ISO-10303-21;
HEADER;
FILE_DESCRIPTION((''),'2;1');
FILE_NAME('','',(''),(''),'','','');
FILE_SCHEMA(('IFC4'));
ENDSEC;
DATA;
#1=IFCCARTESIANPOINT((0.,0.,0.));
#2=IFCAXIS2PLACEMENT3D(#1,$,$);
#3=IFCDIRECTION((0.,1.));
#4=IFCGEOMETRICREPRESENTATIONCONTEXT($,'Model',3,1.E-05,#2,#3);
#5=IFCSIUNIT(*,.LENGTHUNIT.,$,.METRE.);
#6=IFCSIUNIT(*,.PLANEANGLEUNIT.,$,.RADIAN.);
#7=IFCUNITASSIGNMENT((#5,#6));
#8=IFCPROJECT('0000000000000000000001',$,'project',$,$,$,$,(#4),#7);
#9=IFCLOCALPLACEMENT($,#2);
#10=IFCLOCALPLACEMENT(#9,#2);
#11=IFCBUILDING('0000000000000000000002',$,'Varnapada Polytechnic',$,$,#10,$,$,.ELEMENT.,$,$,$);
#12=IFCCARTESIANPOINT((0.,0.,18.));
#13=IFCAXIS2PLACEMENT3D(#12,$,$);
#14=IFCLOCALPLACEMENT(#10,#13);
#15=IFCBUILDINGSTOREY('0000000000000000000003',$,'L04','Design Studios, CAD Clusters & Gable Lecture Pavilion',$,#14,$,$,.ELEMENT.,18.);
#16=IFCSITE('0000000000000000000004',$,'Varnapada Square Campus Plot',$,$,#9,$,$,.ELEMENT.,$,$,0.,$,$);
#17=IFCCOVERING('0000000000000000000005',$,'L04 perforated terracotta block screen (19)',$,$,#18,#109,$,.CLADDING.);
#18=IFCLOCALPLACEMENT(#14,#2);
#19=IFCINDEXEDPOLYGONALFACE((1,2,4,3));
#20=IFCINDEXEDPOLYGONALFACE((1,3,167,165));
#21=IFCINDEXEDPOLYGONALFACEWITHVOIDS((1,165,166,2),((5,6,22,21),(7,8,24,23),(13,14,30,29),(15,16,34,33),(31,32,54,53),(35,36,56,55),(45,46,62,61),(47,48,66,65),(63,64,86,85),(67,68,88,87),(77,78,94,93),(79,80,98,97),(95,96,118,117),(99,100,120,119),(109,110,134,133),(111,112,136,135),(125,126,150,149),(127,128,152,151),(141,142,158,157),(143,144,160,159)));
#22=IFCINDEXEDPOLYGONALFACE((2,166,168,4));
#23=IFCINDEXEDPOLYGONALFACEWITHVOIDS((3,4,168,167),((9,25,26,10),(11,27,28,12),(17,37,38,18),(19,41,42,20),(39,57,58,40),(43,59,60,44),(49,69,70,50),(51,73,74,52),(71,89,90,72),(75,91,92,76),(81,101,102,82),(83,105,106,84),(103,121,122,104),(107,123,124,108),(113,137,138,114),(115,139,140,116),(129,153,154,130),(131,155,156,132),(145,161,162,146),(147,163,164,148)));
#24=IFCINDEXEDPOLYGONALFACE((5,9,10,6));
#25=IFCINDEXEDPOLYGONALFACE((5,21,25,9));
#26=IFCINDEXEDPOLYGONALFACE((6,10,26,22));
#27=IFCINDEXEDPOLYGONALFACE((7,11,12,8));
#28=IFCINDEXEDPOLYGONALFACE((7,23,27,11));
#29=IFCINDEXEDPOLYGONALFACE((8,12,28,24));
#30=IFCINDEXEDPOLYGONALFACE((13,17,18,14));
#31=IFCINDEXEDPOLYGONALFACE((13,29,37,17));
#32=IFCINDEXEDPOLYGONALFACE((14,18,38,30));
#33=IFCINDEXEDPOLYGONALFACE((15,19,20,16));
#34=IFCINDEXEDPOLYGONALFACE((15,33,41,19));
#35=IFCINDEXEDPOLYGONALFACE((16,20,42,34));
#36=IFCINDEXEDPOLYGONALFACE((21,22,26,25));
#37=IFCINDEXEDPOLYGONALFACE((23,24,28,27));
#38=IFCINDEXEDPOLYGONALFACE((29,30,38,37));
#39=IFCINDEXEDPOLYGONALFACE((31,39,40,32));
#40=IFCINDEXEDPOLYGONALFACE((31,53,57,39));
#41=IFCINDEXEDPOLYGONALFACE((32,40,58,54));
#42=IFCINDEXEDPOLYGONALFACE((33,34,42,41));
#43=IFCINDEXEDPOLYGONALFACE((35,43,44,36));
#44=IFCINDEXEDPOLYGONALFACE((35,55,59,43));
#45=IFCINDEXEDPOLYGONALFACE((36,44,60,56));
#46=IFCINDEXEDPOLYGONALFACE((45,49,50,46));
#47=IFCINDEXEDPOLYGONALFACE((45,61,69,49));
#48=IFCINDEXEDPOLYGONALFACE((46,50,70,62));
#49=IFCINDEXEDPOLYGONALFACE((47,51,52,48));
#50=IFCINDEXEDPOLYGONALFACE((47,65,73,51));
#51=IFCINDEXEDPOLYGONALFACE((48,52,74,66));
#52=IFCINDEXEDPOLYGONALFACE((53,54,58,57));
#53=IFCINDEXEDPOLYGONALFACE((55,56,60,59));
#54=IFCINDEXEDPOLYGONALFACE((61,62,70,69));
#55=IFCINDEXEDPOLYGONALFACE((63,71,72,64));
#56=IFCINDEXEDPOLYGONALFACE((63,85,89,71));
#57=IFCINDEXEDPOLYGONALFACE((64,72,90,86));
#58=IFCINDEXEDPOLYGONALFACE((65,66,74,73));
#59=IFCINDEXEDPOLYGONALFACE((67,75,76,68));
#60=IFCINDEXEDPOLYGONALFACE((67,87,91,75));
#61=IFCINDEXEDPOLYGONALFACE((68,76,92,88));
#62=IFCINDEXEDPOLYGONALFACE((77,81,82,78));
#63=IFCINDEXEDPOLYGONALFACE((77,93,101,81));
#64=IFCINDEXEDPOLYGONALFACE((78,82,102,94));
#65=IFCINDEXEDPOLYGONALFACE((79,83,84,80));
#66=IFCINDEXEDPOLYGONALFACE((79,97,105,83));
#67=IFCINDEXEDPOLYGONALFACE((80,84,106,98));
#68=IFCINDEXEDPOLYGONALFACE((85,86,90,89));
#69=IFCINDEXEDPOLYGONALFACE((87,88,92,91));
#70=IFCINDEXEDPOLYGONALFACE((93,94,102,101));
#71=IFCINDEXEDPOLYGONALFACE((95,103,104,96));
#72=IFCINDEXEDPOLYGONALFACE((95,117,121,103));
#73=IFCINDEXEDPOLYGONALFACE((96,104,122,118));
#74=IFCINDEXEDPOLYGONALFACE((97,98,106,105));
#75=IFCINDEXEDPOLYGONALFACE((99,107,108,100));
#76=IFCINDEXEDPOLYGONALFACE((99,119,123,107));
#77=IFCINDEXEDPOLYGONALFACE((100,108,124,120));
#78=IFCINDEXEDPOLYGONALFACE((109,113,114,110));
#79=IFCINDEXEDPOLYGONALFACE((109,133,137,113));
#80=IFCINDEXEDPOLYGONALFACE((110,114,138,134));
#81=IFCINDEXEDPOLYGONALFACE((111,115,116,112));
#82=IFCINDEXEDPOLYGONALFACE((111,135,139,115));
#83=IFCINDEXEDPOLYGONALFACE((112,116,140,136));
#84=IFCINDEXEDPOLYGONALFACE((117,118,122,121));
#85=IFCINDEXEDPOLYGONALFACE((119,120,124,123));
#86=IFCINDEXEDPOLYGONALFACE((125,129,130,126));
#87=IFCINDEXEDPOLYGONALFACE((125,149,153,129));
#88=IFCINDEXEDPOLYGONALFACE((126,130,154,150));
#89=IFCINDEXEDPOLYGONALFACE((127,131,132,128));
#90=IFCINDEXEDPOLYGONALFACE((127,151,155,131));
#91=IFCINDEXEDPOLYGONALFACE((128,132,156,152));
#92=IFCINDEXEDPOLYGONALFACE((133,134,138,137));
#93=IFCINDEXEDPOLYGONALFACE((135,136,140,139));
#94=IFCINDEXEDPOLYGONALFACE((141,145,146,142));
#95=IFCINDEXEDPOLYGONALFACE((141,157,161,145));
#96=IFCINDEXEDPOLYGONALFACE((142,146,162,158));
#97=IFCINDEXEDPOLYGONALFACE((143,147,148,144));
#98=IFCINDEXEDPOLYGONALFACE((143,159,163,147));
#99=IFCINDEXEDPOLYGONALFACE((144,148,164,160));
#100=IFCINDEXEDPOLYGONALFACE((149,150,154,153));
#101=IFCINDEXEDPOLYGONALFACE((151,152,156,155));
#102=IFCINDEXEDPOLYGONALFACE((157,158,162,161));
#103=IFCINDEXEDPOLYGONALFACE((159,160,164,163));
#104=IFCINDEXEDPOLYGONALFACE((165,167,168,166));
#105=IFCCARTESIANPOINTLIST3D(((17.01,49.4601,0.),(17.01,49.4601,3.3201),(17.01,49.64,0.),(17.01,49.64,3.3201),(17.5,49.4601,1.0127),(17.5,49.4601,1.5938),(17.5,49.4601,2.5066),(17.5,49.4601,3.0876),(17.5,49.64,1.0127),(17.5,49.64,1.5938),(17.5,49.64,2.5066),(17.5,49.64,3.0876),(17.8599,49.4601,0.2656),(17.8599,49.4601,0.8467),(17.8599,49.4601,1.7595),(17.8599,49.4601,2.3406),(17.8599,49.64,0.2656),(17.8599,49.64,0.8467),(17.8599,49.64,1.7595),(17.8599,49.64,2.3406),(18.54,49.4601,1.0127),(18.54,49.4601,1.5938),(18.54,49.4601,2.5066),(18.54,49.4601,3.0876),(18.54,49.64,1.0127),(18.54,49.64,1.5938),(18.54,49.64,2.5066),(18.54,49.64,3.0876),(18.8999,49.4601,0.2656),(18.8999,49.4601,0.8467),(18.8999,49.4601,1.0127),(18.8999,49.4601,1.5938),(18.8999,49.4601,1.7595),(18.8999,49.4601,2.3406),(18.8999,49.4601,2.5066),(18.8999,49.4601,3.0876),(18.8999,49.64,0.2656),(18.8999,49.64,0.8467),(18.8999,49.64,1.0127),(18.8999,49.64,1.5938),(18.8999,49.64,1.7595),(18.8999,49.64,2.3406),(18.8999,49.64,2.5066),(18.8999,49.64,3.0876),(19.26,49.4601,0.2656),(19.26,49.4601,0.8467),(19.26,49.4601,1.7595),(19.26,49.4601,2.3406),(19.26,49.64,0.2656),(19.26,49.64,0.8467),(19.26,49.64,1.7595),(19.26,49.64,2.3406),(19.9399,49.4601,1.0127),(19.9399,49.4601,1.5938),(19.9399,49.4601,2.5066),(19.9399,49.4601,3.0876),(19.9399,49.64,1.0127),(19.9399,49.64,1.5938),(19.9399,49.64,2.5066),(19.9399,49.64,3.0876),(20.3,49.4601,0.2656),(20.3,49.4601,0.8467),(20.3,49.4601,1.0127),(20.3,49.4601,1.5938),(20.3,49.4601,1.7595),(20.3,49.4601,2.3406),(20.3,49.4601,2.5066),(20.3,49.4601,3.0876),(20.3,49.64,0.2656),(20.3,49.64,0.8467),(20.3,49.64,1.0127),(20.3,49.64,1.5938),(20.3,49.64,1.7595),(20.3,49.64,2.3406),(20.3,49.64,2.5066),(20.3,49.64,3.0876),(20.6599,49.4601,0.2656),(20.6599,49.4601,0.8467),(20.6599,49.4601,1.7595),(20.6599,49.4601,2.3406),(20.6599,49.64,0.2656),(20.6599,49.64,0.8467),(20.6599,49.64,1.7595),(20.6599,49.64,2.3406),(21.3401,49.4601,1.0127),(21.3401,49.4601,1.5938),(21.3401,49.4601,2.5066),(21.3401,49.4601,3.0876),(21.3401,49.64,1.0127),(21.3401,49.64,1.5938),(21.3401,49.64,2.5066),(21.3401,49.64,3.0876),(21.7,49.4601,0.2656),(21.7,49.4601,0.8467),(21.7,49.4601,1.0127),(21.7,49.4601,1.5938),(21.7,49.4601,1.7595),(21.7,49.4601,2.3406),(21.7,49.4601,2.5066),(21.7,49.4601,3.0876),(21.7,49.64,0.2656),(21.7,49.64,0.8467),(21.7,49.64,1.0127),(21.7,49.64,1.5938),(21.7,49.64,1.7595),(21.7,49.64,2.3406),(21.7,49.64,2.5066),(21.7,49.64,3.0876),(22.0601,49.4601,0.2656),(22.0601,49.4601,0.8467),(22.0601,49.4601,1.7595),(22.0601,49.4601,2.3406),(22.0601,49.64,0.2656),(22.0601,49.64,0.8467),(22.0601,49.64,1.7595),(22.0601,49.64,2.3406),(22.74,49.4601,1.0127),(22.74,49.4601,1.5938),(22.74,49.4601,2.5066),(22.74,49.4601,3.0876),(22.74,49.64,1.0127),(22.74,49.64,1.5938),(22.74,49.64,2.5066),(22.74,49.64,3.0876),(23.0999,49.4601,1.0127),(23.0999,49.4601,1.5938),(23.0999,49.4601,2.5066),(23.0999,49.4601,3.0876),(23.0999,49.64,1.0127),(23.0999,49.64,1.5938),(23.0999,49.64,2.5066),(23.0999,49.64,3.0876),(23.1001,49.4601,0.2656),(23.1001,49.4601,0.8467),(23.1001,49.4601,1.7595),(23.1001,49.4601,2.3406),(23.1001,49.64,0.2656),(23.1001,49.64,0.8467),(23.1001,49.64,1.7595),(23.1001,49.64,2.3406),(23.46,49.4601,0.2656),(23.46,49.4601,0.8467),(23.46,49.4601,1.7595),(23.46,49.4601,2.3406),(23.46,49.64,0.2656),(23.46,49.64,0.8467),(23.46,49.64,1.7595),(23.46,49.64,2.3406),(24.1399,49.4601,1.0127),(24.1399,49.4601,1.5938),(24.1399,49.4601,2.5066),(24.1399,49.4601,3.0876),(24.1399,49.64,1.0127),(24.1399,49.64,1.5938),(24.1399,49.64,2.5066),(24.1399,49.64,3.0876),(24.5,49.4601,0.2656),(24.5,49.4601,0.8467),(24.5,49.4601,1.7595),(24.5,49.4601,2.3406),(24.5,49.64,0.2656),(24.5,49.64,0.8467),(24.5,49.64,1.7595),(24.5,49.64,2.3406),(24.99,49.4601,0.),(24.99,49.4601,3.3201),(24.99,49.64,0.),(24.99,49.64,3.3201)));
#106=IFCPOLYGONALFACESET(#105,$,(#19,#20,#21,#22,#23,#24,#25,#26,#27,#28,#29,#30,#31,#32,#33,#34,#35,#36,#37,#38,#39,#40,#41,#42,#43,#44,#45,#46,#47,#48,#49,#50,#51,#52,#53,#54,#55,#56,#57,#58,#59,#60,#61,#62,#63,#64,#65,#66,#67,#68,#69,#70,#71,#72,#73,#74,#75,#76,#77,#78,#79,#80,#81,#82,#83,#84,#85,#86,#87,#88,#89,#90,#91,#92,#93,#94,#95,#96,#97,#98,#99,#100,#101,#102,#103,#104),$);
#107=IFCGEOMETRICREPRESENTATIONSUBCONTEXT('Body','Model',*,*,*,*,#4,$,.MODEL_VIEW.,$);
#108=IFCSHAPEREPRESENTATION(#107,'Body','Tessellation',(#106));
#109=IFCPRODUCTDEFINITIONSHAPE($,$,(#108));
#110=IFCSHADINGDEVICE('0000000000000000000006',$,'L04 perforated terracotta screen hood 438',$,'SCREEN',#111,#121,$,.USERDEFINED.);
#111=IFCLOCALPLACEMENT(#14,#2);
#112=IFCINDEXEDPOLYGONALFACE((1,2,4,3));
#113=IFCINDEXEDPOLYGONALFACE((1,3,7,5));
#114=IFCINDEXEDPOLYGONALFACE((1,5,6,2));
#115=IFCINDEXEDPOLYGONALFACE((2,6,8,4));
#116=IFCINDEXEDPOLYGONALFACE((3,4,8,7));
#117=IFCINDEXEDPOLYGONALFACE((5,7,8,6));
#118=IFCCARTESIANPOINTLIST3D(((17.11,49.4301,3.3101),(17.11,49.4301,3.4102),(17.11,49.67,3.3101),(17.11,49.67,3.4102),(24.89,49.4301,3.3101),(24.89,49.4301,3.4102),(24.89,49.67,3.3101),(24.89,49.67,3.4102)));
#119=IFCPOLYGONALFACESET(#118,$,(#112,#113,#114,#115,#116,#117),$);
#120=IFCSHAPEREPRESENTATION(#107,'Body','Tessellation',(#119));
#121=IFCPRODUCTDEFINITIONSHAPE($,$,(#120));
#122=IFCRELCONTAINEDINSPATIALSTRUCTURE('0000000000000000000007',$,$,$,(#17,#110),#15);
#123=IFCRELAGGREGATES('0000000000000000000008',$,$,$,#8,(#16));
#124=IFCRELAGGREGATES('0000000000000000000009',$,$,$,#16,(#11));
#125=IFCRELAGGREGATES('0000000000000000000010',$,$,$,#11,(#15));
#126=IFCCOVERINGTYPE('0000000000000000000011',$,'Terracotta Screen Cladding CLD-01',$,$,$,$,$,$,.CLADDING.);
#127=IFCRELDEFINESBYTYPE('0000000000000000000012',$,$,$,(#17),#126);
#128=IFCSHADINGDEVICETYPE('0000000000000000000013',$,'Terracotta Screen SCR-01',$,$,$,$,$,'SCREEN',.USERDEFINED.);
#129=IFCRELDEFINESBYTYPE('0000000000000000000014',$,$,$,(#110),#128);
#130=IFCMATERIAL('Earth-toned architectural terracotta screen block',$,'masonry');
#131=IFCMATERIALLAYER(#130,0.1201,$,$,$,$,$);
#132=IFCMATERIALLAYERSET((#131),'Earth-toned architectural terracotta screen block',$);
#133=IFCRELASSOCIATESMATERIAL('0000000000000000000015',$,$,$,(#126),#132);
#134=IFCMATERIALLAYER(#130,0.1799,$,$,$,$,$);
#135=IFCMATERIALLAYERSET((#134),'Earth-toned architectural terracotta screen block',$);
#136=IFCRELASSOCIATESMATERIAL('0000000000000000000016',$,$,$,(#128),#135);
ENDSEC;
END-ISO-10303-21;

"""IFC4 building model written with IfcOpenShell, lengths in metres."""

from ifc_helpers import new_model, si_unit, direction, frame, frame_2d, origin, origin_2d, place, context, subcontext, project, spatial, rectangle, extrude, material, layer, layer_set, type_object, element, save


model = new_model("IFC4")

# Units and contexts
model_context = context("Model", 3, precision=1e-05, world=origin(), true_north=direction((0.0, 1.0)))
body_context = subcontext(model_context, "Body", "Model", "MODEL_VIEW")
ifc_project = project(units=[si_unit("LENGTHUNIT", "METRE"), si_unit("PLANEANGLEUNIT", "RADIAN")], contexts=[model_context])

# Site, building, storey
site_placement = place(None, origin())
site = spatial("IfcSite", under=ifc_project, at=site_placement, Name="Varnapada Square Campus Plot", CompositionType="ELEMENT", RefElevation=0.0)
building_placement = place(site_placement, origin())
building = spatial("IfcBuilding", under=site, at=building_placement, Name="Varnapada Polytechnic", CompositionType="ELEMENT")
storey_placement = place(building_placement, frame((0.0, 0.0, 18.0)))
storey = spatial("IfcBuildingStorey", under=building, at=storey_placement, Name="L04", Description="Design Studios, CAD Clusters & Gable Lecture Pavilion", CompositionType="ELEMENT", Elevation=18.0)

# Covering, openings
ifc_material_1 = material(Name="Earth-toned architectural terracotta screen block", Category="masonry")
ifc_layer_1 = layer(ifc_material_1, 0.1201)
ifc_layer_set_1 = layer_set([ifc_layer_1], Name="Earth-toned architectural terracotta screen block")
covering_type = type_object("IfcCoveringType", Name="Terracotta Screen Cladding CLD-01", PredefinedType="CLADDING", material=ifc_layer_set_1)
covering_placement = place(storey_placement, frame((24.99, 49.55, 0.0), z_axis=(0.0, 0.0, 1.0), x_axis=(-1.0, 0.0, 0.0)))
covering = element("IfcCovering", 1, at=covering_placement, inside=storey, type_object=covering_type, Name="L04 perforated terracotta block screen (19)", PredefinedType="CLADDING", context=body_context, shape_type="SweptSolid", body=[
    extrude(rectangle(XDim=7.98, YDim=0.1799, at=frame_2d((3.99, 0.0))), origin(), (0.0, 0.0, 1.0), 3.3201),
])
opening_1_placement = place(covering_placement, frame((0.49, 0.0, 0.2656)))
element("IfcOpeningElement", 2, at=opening_1_placement, cuts=covering, PredefinedType="OPENING", context=body_context, shape_type="SweptSolid", body=[
    extrude(rectangle(XDim=1.04, YDim=0.5811, at=frame_2d((0.52, 0.2905))), frame((0.0, 0.0999, 0.0), z_axis=(0.0, -1.0, 0.0), x_axis=(1.0, 0.0, 0.0)), (0.0, 0.0, 1.0), 0.2),
])
opening_2_placement = place(covering_placement, frame((1.8899, 0.0, 0.2656)))
element("IfcOpeningElement", 3, at=opening_2_placement, cuts=covering, PredefinedType="OPENING", context=body_context, shape_type="SweptSolid", body=[
    extrude(rectangle(XDim=1.04, YDim=0.5811, at=frame_2d((0.52, 0.2905))), frame((0.0, 0.0999, 0.0), z_axis=(0.0, -1.0, 0.0), x_axis=(1.0, 0.0, 0.0)), (0.0, 0.0, 1.0), 0.2),
])
opening_3_placement = place(covering_placement, frame((3.29, 0.0, 0.2656)))
element("IfcOpeningElement", 4, at=opening_3_placement, cuts=covering, PredefinedType="OPENING", context=body_context, shape_type="SweptSolid", body=[
    extrude(rectangle(XDim=1.04, YDim=0.5811, at=frame_2d((0.52, 0.2905))), frame((0.0, 0.0999, 0.0), z_axis=(0.0, -1.0, 0.0), x_axis=(1.0, 0.0, 0.0)), (0.0, 0.0, 1.0), 0.2),
])
opening_4_placement = place(covering_placement, frame((4.6899, 0.0, 0.2656)))
element("IfcOpeningElement", 5, at=opening_4_placement, cuts=covering, PredefinedType="OPENING", context=body_context, shape_type="SweptSolid", body=[
    extrude(rectangle(XDim=1.04, YDim=0.5811, at=frame_2d((0.52, 0.2905))), frame((0.0, 0.0999, 0.0), z_axis=(0.0, -1.0, 0.0), x_axis=(1.0, 0.0, 0.0)), (0.0, 0.0, 1.0), 0.2),
])
opening_5_placement = place(covering_placement, frame((6.0901, 0.0, 0.2656)))
element("IfcOpeningElement", 6, at=opening_5_placement, cuts=covering, PredefinedType="OPENING", context=body_context, shape_type="SweptSolid", body=[
    extrude(rectangle(XDim=1.04, YDim=0.5811, at=frame_2d((0.52, 0.2905))), frame((0.0, 0.0999, 0.0), z_axis=(0.0, -1.0, 0.0), x_axis=(1.0, 0.0, 0.0)), (0.0, 0.0, 1.0), 0.2),
])
opening_6_placement = place(covering_placement, frame((0.8501, 0.0, 1.0127)))
element("IfcOpeningElement", 7, at=opening_6_placement, cuts=covering, PredefinedType="OPENING", context=body_context, shape_type="SweptSolid", body=[
    extrude(rectangle(XDim=1.04, YDim=0.5811, at=frame_2d((0.52, 0.2905))), frame((0.0, 0.0999, 0.0), z_axis=(0.0, -1.0, 0.0), x_axis=(1.0, 0.0, 0.0)), (0.0, 0.0, 1.0), 0.2),
])
opening_7_placement = place(covering_placement, frame((2.25, 0.0, 1.0127)))
element("IfcOpeningElement", 8, at=opening_7_placement, cuts=covering, PredefinedType="OPENING", context=body_context, shape_type="SweptSolid", body=[
    extrude(rectangle(XDim=1.04, YDim=0.5811, at=frame_2d((0.52, 0.2905))), frame((0.0, 0.0999, 0.0), z_axis=(0.0, -1.0, 0.0), x_axis=(1.0, 0.0, 0.0)), (0.0, 0.0, 1.0), 0.2),
])
opening_8_placement = place(covering_placement, frame((3.6499, 0.0, 1.0127)))
element("IfcOpeningElement", 9, at=opening_8_placement, cuts=covering, PredefinedType="OPENING", context=body_context, shape_type="SweptSolid", body=[
    extrude(rectangle(XDim=1.04, YDim=0.5811, at=frame_2d((0.52, 0.2905))), frame((0.0, 0.0999, 0.0), z_axis=(0.0, -1.0, 0.0), x_axis=(1.0, 0.0, 0.0)), (0.0, 0.0, 1.0), 0.2),
])
opening_9_placement = place(covering_placement, frame((5.05, 0.0, 1.0127)))
element("IfcOpeningElement", 10, at=opening_9_placement, cuts=covering, PredefinedType="OPENING", context=body_context, shape_type="SweptSolid", body=[
    extrude(rectangle(XDim=1.04, YDim=0.5811, at=frame_2d((0.52, 0.2905))), frame((0.0, 0.0999, 0.0), z_axis=(0.0, -1.0, 0.0), x_axis=(1.0, 0.0, 0.0)), (0.0, 0.0, 1.0), 0.2),
])
opening_10_placement = place(covering_placement, frame((6.45, 0.0, 1.0127)))
element("IfcOpeningElement", 11, at=opening_10_placement, cuts=covering, PredefinedType="OPENING", context=body_context, shape_type="SweptSolid", body=[
    extrude(rectangle(XDim=1.04, YDim=0.5811, at=frame_2d((0.52, 0.2905))), frame((0.0, 0.0999, 0.0), z_axis=(0.0, -1.0, 0.0), x_axis=(1.0, 0.0, 0.0)), (0.0, 0.0, 1.0), 0.2),
])
opening_11_placement = place(covering_placement, frame((0.49, 0.0, 1.7595)))
element("IfcOpeningElement", 12, at=opening_11_placement, cuts=covering, PredefinedType="OPENING", context=body_context, shape_type="SweptSolid", body=[
    extrude(rectangle(XDim=1.04, YDim=0.5811, at=frame_2d((0.52, 0.2905))), frame((0.0, 0.0999, 0.0), z_axis=(0.0, -1.0, 0.0), x_axis=(1.0, 0.0, 0.0)), (0.0, 0.0, 1.0), 0.2),
])
opening_12_placement = place(covering_placement, frame((1.8899, 0.0, 1.7595)))
element("IfcOpeningElement", 13, at=opening_12_placement, cuts=covering, PredefinedType="OPENING", context=body_context, shape_type="SweptSolid", body=[
    extrude(rectangle(XDim=1.04, YDim=0.5811, at=frame_2d((0.52, 0.2905))), frame((0.0, 0.0999, 0.0), z_axis=(0.0, -1.0, 0.0), x_axis=(1.0, 0.0, 0.0)), (0.0, 0.0, 1.0), 0.2),
])
opening_13_placement = place(covering_placement, frame((3.29, 0.0, 1.7595)))
element("IfcOpeningElement", 14, at=opening_13_placement, cuts=covering, PredefinedType="OPENING", context=body_context, shape_type="SweptSolid", body=[
    extrude(rectangle(XDim=1.04, YDim=0.5811, at=frame_2d((0.52, 0.2905))), frame((0.0, 0.0999, 0.0), z_axis=(0.0, -1.0, 0.0), x_axis=(1.0, 0.0, 0.0)), (0.0, 0.0, 1.0), 0.2),
])
opening_14_placement = place(covering_placement, frame((4.6899, 0.0, 1.7595)))
element("IfcOpeningElement", 15, at=opening_14_placement, cuts=covering, PredefinedType="OPENING", context=body_context, shape_type="SweptSolid", body=[
    extrude(rectangle(XDim=1.04, YDim=0.5811, at=frame_2d((0.52, 0.2905))), frame((0.0, 0.0999, 0.0), z_axis=(0.0, -1.0, 0.0), x_axis=(1.0, 0.0, 0.0)), (0.0, 0.0, 1.0), 0.2),
])
opening_15_placement = place(covering_placement, frame((6.0901, 0.0, 1.7595)))
element("IfcOpeningElement", 16, at=opening_15_placement, cuts=covering, PredefinedType="OPENING", context=body_context, shape_type="SweptSolid", body=[
    extrude(rectangle(XDim=1.04, YDim=0.5811, at=frame_2d((0.52, 0.2905))), frame((0.0, 0.0999, 0.0), z_axis=(0.0, -1.0, 0.0), x_axis=(1.0, 0.0, 0.0)), (0.0, 0.0, 1.0), 0.2),
])
opening_16_placement = place(covering_placement, frame((0.8501, 0.0, 2.5066)))
element("IfcOpeningElement", 17, at=opening_16_placement, cuts=covering, PredefinedType="OPENING", context=body_context, shape_type="SweptSolid", body=[
    extrude(rectangle(XDim=1.04, YDim=0.5811, at=frame_2d((0.52, 0.2905))), frame((0.0, 0.0999, 0.0), z_axis=(0.0, -1.0, 0.0), x_axis=(1.0, 0.0, 0.0)), (0.0, 0.0, 1.0), 0.2),
])
opening_17_placement = place(covering_placement, frame((2.25, 0.0, 2.5066)))
element("IfcOpeningElement", 18, at=opening_17_placement, cuts=covering, PredefinedType="OPENING", context=body_context, shape_type="SweptSolid", body=[
    extrude(rectangle(XDim=1.04, YDim=0.5811, at=frame_2d((0.52, 0.2905))), frame((0.0, 0.0999, 0.0), z_axis=(0.0, -1.0, 0.0), x_axis=(1.0, 0.0, 0.0)), (0.0, 0.0, 1.0), 0.2),
])
opening_18_placement = place(covering_placement, frame((3.6499, 0.0, 2.5066)))
element("IfcOpeningElement", 19, at=opening_18_placement, cuts=covering, PredefinedType="OPENING", context=body_context, shape_type="SweptSolid", body=[
    extrude(rectangle(XDim=1.04, YDim=0.5811, at=frame_2d((0.52, 0.2905))), frame((0.0, 0.0999, 0.0), z_axis=(0.0, -1.0, 0.0), x_axis=(1.0, 0.0, 0.0)), (0.0, 0.0, 1.0), 0.2),
])
opening_19_placement = place(covering_placement, frame((5.05, 0.0, 2.5066)))
element("IfcOpeningElement", 20, at=opening_19_placement, cuts=covering, PredefinedType="OPENING", context=body_context, shape_type="SweptSolid", body=[
    extrude(rectangle(XDim=1.04, YDim=0.5811, at=frame_2d((0.52, 0.2905))), frame((0.0, 0.0999, 0.0), z_axis=(0.0, -1.0, 0.0), x_axis=(1.0, 0.0, 0.0)), (0.0, 0.0, 1.0), 0.2),
])
opening_20_placement = place(covering_placement, frame((6.45, 0.0, 2.5066)))
element("IfcOpeningElement", 21, at=opening_20_placement, cuts=covering, PredefinedType="OPENING", context=body_context, shape_type="SweptSolid", body=[
    extrude(rectangle(XDim=1.04, YDim=0.5811, at=frame_2d((0.52, 0.2905))), frame((0.0, 0.0999, 0.0), z_axis=(0.0, -1.0, 0.0), x_axis=(1.0, 0.0, 0.0)), (0.0, 0.0, 1.0), 0.2),
])

# Shading device
ifc_layer_2 = layer(ifc_material_1, 0.1799)
ifc_layer_set_2 = layer_set([ifc_layer_2], Name="Earth-toned architectural terracotta screen block")
shading_device_type = type_object("IfcShadingDeviceType", Name="Terracotta Screen SCR-01", ElementType="SCREEN", PredefinedType="USERDEFINED", material=ifc_layer_set_2)
shading_device_placement = place(storey_placement, frame((21.0, 49.55, 3.3101), z_axis=(0.0, 0.0, 1.0), x_axis=(-1.0, 0.0, 0.0)))
element("IfcShadingDevice", 22, at=shading_device_placement, inside=storey, type_object=shading_device_type, Name="L04 perforated terracotta screen hood 438", ObjectType="SCREEN", PredefinedType="USERDEFINED", context=body_context, shape_type="SweptSolid", body=[
    extrude(rectangle(XDim=7.78, YDim=0.24, at=origin_2d()), origin(), (0.0, 0.0, 1.0), 0.1001),
])

save(model, "model.ifc")
